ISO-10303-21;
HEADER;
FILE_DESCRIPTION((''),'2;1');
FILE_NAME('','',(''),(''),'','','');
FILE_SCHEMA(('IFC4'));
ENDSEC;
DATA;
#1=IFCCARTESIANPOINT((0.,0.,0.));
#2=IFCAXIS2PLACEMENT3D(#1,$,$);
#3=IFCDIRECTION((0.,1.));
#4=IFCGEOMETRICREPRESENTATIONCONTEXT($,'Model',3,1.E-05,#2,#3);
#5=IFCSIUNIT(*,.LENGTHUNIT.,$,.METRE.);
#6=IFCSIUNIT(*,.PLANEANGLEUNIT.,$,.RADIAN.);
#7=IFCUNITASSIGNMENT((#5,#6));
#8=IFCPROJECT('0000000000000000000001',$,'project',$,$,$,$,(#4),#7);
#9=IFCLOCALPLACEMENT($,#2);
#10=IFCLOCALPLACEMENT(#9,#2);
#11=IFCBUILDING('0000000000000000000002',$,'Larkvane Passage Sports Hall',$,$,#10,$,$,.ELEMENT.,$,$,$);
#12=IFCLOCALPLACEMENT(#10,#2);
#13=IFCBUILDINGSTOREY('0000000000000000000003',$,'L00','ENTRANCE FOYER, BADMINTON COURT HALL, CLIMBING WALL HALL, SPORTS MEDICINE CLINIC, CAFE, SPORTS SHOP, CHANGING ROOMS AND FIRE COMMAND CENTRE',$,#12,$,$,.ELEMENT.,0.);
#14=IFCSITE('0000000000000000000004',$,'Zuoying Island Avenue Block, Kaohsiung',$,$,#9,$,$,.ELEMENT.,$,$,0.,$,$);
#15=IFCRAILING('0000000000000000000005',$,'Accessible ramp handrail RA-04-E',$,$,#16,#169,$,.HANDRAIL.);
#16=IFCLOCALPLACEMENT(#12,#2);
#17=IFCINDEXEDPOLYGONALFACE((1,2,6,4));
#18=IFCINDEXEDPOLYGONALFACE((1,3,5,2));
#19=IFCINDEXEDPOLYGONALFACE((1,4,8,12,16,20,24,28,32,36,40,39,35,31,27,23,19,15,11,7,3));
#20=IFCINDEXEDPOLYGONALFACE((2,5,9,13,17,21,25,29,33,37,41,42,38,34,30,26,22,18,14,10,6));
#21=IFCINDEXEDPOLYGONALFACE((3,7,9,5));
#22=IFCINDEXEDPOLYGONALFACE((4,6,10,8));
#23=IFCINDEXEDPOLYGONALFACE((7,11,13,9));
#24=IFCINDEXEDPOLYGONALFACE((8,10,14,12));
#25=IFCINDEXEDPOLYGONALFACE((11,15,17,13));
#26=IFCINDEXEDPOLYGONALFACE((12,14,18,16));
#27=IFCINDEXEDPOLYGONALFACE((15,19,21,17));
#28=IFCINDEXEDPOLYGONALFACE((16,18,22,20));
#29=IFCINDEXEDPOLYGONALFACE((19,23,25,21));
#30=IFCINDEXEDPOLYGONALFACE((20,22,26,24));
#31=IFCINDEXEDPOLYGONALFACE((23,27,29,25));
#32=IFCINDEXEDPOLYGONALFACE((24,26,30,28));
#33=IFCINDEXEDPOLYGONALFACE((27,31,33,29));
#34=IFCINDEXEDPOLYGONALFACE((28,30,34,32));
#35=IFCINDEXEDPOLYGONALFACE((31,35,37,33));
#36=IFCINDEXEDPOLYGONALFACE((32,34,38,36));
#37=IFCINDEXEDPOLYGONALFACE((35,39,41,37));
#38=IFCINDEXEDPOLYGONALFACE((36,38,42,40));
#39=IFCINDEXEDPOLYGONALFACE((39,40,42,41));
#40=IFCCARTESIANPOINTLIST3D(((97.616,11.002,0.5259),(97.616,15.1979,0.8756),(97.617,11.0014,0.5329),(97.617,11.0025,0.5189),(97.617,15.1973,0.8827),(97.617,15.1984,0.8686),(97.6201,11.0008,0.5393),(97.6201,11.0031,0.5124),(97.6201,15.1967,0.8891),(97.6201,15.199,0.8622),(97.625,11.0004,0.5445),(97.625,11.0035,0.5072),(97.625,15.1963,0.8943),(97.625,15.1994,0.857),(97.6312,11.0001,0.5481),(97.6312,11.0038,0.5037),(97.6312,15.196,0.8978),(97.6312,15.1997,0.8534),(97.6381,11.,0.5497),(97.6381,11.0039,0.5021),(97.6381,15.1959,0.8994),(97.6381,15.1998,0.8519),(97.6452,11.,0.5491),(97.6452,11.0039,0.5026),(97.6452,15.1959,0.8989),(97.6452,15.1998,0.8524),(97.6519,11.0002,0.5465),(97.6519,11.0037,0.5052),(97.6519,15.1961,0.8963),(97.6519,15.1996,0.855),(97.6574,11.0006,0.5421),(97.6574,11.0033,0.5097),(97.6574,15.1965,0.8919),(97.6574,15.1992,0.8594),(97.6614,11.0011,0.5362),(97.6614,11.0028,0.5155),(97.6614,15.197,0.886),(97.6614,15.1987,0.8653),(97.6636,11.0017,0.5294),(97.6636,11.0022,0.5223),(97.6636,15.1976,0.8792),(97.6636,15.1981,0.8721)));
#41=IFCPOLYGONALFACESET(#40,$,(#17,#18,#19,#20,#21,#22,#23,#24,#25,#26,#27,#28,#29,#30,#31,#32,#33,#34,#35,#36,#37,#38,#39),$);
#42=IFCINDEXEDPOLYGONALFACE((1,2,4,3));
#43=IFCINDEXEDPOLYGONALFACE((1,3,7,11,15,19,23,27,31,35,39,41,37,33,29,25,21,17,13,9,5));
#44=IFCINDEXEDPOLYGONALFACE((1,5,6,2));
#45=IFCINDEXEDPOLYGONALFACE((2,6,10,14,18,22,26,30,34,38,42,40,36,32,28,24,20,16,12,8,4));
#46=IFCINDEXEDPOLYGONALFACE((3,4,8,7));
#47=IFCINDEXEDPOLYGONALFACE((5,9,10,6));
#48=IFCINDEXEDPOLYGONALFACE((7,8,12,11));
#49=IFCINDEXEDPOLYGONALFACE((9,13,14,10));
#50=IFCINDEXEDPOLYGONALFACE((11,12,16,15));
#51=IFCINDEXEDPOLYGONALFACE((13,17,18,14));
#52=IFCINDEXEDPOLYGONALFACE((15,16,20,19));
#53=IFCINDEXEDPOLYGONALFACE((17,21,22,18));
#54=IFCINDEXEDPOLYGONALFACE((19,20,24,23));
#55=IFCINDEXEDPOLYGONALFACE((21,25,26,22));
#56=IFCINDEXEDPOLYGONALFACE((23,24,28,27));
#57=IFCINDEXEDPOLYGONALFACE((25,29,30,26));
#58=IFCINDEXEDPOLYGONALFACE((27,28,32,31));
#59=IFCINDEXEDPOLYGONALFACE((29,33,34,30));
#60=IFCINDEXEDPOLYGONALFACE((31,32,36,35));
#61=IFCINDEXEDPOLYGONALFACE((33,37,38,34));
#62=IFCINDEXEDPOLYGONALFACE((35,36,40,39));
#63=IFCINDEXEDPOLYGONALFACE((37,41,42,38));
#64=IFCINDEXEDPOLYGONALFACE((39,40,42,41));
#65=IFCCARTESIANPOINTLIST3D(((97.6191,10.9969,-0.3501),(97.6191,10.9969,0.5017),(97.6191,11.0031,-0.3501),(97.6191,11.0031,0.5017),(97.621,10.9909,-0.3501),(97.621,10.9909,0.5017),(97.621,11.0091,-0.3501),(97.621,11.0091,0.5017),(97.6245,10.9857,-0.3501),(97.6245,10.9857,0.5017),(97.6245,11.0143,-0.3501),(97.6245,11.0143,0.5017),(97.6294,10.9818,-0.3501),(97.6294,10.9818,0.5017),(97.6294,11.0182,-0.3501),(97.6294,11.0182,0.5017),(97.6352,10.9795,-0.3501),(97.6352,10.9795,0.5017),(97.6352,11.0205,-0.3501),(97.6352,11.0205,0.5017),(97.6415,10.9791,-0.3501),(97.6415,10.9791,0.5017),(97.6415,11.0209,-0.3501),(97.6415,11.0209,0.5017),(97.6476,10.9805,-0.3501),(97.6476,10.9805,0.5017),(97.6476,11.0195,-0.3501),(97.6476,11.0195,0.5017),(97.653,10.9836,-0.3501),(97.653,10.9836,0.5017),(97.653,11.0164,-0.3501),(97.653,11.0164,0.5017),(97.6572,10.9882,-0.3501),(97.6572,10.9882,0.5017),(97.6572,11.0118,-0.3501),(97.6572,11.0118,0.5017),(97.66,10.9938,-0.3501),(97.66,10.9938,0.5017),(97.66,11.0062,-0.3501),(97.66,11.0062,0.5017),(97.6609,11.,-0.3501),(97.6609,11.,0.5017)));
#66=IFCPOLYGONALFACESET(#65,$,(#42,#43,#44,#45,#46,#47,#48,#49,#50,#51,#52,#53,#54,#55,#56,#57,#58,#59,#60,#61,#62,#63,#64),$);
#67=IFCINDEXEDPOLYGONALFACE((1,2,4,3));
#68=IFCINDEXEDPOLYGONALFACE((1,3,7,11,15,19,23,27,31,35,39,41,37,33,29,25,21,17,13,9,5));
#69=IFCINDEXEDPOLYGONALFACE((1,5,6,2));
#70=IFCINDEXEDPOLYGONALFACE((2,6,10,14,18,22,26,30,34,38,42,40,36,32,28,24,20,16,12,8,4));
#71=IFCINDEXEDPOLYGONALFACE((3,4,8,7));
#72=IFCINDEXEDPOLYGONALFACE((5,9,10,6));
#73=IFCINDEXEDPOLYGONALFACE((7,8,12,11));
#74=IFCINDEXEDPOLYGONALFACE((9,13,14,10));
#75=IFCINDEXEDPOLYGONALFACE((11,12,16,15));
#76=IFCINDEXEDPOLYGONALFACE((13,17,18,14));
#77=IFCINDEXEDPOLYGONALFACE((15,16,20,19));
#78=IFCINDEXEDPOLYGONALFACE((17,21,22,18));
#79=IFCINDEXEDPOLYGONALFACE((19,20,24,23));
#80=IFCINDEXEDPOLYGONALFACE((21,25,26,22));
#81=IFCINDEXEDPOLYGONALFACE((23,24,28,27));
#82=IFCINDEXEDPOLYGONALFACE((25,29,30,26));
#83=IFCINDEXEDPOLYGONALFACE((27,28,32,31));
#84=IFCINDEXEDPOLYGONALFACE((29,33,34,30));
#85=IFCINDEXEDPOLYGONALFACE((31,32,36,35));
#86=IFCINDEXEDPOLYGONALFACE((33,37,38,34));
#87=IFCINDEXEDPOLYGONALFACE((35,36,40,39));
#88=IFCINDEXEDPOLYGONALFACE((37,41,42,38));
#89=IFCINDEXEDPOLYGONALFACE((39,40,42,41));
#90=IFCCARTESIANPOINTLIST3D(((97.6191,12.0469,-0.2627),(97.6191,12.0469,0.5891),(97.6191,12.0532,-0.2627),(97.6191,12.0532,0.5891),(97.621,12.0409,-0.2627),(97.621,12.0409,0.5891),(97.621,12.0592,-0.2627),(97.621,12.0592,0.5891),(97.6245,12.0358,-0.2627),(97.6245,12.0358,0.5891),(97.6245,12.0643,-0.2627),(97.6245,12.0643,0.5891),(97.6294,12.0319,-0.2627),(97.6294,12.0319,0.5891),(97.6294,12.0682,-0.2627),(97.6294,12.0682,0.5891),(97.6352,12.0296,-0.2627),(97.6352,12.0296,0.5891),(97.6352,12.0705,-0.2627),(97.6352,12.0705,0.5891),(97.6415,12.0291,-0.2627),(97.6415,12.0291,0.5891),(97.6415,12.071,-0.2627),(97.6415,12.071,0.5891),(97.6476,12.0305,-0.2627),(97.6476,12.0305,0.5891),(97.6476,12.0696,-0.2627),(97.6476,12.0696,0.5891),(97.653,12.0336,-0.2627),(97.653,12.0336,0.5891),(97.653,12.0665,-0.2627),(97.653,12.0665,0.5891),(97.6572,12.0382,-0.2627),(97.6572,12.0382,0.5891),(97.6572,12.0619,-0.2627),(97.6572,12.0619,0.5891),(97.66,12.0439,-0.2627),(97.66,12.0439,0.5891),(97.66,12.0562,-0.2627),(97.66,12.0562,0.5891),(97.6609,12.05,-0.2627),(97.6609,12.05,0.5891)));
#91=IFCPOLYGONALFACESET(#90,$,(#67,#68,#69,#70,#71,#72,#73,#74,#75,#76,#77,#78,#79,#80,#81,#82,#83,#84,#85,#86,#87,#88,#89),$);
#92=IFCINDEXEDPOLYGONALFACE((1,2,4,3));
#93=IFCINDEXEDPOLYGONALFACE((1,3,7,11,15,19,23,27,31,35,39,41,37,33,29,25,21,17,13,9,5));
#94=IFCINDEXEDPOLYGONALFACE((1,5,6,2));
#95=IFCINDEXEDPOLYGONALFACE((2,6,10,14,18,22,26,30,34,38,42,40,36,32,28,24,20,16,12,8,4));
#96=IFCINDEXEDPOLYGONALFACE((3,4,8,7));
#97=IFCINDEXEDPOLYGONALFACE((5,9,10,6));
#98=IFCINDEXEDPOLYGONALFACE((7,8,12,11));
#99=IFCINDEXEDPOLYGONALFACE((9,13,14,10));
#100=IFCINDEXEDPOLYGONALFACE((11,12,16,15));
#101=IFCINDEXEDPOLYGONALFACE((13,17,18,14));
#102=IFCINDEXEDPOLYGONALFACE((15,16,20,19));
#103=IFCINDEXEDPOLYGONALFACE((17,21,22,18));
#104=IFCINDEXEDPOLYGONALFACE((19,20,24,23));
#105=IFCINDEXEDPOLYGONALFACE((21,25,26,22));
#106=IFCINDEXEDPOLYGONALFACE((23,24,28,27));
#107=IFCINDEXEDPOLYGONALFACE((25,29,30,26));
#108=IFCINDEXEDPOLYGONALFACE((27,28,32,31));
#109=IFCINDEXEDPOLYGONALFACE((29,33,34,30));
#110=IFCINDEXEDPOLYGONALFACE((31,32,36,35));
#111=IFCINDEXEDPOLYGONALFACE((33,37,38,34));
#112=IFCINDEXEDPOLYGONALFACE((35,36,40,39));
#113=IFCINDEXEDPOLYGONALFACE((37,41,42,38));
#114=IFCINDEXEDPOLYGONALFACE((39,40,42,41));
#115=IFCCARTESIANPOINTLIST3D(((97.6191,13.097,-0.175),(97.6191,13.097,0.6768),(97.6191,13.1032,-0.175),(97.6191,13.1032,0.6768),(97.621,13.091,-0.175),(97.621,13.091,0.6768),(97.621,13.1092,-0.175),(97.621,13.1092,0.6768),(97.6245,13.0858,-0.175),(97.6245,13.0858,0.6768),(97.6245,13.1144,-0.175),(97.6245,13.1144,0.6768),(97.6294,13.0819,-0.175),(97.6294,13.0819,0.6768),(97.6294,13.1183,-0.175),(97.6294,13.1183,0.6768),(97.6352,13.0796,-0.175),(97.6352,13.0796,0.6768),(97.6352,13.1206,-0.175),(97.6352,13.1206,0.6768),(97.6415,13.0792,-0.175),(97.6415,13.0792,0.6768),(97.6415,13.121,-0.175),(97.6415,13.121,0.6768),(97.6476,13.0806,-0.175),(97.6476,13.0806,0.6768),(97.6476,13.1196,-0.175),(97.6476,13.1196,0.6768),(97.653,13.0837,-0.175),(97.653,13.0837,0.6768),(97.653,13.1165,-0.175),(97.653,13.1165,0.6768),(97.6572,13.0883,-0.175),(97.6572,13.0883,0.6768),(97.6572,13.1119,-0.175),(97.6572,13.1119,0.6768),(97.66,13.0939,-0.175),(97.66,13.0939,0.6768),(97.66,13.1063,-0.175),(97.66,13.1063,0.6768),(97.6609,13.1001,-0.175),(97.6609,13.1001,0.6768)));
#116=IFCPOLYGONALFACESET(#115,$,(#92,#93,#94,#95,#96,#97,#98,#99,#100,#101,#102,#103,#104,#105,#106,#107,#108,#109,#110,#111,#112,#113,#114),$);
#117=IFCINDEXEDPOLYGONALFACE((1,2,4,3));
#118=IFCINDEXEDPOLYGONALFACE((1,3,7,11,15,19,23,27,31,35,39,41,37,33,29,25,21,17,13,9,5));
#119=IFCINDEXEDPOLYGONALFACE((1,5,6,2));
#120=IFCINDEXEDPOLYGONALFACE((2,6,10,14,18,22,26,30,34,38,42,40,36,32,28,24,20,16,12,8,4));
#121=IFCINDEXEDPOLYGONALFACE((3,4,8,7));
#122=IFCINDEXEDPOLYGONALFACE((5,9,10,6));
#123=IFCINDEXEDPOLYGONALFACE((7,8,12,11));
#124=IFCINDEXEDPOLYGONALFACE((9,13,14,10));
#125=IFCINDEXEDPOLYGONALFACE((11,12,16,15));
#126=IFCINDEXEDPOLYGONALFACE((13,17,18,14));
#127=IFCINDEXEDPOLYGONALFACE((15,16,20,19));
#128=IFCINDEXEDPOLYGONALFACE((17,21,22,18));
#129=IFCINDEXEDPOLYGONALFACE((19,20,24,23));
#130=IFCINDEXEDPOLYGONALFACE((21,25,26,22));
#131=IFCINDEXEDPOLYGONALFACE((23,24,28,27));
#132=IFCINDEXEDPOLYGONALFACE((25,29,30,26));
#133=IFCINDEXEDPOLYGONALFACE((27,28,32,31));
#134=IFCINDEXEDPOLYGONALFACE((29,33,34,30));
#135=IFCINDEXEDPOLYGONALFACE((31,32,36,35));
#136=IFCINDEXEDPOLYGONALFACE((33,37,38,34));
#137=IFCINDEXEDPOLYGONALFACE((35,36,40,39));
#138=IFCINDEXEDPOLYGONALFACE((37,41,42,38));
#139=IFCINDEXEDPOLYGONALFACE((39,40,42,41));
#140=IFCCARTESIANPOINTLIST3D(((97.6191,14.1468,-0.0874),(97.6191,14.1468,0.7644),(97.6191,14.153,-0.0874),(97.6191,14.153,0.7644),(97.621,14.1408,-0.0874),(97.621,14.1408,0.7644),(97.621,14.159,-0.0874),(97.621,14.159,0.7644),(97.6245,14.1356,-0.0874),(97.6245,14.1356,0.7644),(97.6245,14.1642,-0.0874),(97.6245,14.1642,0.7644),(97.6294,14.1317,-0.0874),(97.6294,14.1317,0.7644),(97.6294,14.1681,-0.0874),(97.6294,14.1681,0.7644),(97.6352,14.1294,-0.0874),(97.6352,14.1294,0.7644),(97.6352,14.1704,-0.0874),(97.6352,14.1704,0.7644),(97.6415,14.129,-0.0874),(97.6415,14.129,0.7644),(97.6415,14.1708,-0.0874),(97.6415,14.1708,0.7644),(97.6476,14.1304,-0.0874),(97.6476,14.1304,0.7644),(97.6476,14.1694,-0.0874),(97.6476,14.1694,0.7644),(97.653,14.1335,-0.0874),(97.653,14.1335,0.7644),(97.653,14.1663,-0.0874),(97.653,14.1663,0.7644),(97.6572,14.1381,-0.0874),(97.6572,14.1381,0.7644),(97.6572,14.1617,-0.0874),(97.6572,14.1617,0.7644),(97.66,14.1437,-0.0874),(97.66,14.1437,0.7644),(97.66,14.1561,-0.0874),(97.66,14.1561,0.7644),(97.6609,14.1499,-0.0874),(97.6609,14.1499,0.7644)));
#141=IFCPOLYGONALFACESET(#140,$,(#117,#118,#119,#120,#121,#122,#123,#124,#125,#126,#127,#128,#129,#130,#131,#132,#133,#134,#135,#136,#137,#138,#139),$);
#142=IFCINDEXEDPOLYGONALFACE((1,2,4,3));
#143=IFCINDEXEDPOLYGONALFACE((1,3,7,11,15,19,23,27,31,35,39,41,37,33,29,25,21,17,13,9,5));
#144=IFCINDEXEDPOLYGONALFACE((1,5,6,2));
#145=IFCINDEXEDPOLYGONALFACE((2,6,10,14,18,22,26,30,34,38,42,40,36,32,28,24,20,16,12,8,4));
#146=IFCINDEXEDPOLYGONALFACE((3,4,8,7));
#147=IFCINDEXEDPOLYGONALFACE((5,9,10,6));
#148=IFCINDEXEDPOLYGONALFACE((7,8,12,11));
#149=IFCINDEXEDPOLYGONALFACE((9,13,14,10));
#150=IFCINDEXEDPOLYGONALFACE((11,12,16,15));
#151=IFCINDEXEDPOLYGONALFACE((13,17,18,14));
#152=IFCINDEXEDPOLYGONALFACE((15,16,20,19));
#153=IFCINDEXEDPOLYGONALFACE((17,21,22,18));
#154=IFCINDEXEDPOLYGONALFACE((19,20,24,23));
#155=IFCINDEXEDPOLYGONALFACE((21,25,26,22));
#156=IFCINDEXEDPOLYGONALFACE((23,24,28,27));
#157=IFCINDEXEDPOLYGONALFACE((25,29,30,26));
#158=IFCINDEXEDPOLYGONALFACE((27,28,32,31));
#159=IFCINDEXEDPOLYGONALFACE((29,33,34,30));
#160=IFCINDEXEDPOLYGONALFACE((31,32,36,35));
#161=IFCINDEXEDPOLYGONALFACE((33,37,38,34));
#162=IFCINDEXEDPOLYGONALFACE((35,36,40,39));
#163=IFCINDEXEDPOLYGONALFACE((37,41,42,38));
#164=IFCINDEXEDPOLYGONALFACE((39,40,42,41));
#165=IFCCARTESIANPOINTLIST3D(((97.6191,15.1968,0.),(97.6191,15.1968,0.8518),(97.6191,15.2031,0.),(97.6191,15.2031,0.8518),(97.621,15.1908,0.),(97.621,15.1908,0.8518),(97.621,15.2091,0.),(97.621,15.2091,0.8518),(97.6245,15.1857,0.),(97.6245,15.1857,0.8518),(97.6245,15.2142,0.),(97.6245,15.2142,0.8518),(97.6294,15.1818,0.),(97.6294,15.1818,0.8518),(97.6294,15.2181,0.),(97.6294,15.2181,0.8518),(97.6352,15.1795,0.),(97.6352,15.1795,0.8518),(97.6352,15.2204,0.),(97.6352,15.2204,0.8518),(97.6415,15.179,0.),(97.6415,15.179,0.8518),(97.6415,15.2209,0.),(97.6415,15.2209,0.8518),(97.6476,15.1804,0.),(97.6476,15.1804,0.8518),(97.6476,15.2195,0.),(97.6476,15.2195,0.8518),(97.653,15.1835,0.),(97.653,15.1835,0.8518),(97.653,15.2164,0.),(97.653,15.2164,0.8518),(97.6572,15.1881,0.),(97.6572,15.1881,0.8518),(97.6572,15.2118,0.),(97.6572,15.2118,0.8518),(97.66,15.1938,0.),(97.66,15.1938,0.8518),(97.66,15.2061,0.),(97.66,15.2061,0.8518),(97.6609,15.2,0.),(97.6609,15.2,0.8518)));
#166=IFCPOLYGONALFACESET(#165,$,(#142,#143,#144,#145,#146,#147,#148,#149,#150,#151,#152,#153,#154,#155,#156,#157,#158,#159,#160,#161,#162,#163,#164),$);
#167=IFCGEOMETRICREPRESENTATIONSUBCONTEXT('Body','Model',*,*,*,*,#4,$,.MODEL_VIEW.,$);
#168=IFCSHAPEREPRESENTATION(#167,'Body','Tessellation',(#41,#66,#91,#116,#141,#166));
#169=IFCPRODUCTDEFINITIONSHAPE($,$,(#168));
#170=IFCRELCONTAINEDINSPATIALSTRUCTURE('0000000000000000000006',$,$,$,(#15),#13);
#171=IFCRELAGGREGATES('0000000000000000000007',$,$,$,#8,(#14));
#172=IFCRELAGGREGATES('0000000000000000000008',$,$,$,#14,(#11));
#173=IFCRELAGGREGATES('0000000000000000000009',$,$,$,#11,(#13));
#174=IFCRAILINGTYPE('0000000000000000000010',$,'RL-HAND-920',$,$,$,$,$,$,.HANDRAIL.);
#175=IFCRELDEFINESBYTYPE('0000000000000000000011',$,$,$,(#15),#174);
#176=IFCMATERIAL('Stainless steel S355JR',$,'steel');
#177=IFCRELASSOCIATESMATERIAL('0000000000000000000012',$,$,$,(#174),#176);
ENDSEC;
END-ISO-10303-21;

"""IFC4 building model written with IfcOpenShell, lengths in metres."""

from ifc_helpers import new_model, si_unit, direction, frame, origin, origin_2d, place, context, subcontext, project, spatial, circle, extrude, material, type_object, element, save


model = new_model("IFC4")

# Units and contexts
model_context = context("Model", 3, precision=1e-05, world=origin(), true_north=direction((0.0, 1.0)))
body_context = subcontext(model_context, "Body", "Model", "MODEL_VIEW")
ifc_project = project(units=[si_unit("LENGTHUNIT", "METRE"), si_unit("PLANEANGLEUNIT", "RADIAN")], contexts=[model_context])

# Site, building, storey
site_placement = place(None, origin())
site = spatial("IfcSite", under=ifc_project, at=site_placement, Name="Zuoying Island Avenue Block, Kaohsiung", CompositionType="ELEMENT", RefElevation=0.0)
building_placement = place(site_placement, origin())
building = spatial("IfcBuilding", under=site, at=building_placement, Name="Larkvane Passage Sports Hall", CompositionType="ELEMENT")
storey_placement = place(building_placement, origin())
storey = spatial("IfcBuildingStorey", under=building, at=storey_placement, Name="L00", Description="ENTRANCE FOYER, BADMINTON COURT HALL, CLIMBING WALL HALL, SPORTS MEDICINE CLINIC, CAFE, SPORTS SHOP, CHANGING ROOMS AND FIRE COMMAND CENTRE", CompositionType="ELEMENT", Elevation=0.0)

# Railing
ifc_material_1 = material(Name="Stainless steel S355JR", Category="steel")
railing_type = type_object("IfcRailingType", Name="RL-HAND-920", PredefinedType="HANDRAIL", material=ifc_material_1)
for number, where, name in (
    (1, (97.6399, 11.0, -0.3501), "Accessible ramp handrail RA-04-E"),
):
    element("IfcRailing", number, at=place(storey_placement, frame(where)), inside=storey, type_object=railing_type, Name=name, PredefinedType="HANDRAIL", context=body_context, shape_type="SweptSolid", body=[
        extrude(circle(Radius=0.0239, at=origin_2d()), frame((0.0, 0.002, 0.876), z_axis=(0.0, 0.996544, 0.083069), x_axis=(-1.0, 0.0, 0.0)), (0.0, 0.0, 1.0), 4.2104),
        extrude(circle(Radius=0.021, at=origin_2d()), origin(), (0.0, 0.0, 1.0), 0.8518),
        extrude(circle(Radius=0.021, at=origin_2d()), frame((0.0, 1.05, 0.0874)), (0.0, 0.0, 1.0), 0.8518),
        extrude(circle(Radius=0.021, at=origin_2d()), frame((0.0, 2.1001, 0.175)), (0.0, 0.0, 1.0), 0.8518),
        extrude(circle(Radius=0.021, at=origin_2d()), frame((0.0, 3.1499, 0.2627)), (0.0, 0.0, 1.0), 0.8518),
        extrude(circle(Radius=0.021, at=origin_2d()), frame((0.0, 4.2, 0.3501)), (0.0, 0.0, 1.0), 0.8518),
    ])

save(model, "model.ifc")
